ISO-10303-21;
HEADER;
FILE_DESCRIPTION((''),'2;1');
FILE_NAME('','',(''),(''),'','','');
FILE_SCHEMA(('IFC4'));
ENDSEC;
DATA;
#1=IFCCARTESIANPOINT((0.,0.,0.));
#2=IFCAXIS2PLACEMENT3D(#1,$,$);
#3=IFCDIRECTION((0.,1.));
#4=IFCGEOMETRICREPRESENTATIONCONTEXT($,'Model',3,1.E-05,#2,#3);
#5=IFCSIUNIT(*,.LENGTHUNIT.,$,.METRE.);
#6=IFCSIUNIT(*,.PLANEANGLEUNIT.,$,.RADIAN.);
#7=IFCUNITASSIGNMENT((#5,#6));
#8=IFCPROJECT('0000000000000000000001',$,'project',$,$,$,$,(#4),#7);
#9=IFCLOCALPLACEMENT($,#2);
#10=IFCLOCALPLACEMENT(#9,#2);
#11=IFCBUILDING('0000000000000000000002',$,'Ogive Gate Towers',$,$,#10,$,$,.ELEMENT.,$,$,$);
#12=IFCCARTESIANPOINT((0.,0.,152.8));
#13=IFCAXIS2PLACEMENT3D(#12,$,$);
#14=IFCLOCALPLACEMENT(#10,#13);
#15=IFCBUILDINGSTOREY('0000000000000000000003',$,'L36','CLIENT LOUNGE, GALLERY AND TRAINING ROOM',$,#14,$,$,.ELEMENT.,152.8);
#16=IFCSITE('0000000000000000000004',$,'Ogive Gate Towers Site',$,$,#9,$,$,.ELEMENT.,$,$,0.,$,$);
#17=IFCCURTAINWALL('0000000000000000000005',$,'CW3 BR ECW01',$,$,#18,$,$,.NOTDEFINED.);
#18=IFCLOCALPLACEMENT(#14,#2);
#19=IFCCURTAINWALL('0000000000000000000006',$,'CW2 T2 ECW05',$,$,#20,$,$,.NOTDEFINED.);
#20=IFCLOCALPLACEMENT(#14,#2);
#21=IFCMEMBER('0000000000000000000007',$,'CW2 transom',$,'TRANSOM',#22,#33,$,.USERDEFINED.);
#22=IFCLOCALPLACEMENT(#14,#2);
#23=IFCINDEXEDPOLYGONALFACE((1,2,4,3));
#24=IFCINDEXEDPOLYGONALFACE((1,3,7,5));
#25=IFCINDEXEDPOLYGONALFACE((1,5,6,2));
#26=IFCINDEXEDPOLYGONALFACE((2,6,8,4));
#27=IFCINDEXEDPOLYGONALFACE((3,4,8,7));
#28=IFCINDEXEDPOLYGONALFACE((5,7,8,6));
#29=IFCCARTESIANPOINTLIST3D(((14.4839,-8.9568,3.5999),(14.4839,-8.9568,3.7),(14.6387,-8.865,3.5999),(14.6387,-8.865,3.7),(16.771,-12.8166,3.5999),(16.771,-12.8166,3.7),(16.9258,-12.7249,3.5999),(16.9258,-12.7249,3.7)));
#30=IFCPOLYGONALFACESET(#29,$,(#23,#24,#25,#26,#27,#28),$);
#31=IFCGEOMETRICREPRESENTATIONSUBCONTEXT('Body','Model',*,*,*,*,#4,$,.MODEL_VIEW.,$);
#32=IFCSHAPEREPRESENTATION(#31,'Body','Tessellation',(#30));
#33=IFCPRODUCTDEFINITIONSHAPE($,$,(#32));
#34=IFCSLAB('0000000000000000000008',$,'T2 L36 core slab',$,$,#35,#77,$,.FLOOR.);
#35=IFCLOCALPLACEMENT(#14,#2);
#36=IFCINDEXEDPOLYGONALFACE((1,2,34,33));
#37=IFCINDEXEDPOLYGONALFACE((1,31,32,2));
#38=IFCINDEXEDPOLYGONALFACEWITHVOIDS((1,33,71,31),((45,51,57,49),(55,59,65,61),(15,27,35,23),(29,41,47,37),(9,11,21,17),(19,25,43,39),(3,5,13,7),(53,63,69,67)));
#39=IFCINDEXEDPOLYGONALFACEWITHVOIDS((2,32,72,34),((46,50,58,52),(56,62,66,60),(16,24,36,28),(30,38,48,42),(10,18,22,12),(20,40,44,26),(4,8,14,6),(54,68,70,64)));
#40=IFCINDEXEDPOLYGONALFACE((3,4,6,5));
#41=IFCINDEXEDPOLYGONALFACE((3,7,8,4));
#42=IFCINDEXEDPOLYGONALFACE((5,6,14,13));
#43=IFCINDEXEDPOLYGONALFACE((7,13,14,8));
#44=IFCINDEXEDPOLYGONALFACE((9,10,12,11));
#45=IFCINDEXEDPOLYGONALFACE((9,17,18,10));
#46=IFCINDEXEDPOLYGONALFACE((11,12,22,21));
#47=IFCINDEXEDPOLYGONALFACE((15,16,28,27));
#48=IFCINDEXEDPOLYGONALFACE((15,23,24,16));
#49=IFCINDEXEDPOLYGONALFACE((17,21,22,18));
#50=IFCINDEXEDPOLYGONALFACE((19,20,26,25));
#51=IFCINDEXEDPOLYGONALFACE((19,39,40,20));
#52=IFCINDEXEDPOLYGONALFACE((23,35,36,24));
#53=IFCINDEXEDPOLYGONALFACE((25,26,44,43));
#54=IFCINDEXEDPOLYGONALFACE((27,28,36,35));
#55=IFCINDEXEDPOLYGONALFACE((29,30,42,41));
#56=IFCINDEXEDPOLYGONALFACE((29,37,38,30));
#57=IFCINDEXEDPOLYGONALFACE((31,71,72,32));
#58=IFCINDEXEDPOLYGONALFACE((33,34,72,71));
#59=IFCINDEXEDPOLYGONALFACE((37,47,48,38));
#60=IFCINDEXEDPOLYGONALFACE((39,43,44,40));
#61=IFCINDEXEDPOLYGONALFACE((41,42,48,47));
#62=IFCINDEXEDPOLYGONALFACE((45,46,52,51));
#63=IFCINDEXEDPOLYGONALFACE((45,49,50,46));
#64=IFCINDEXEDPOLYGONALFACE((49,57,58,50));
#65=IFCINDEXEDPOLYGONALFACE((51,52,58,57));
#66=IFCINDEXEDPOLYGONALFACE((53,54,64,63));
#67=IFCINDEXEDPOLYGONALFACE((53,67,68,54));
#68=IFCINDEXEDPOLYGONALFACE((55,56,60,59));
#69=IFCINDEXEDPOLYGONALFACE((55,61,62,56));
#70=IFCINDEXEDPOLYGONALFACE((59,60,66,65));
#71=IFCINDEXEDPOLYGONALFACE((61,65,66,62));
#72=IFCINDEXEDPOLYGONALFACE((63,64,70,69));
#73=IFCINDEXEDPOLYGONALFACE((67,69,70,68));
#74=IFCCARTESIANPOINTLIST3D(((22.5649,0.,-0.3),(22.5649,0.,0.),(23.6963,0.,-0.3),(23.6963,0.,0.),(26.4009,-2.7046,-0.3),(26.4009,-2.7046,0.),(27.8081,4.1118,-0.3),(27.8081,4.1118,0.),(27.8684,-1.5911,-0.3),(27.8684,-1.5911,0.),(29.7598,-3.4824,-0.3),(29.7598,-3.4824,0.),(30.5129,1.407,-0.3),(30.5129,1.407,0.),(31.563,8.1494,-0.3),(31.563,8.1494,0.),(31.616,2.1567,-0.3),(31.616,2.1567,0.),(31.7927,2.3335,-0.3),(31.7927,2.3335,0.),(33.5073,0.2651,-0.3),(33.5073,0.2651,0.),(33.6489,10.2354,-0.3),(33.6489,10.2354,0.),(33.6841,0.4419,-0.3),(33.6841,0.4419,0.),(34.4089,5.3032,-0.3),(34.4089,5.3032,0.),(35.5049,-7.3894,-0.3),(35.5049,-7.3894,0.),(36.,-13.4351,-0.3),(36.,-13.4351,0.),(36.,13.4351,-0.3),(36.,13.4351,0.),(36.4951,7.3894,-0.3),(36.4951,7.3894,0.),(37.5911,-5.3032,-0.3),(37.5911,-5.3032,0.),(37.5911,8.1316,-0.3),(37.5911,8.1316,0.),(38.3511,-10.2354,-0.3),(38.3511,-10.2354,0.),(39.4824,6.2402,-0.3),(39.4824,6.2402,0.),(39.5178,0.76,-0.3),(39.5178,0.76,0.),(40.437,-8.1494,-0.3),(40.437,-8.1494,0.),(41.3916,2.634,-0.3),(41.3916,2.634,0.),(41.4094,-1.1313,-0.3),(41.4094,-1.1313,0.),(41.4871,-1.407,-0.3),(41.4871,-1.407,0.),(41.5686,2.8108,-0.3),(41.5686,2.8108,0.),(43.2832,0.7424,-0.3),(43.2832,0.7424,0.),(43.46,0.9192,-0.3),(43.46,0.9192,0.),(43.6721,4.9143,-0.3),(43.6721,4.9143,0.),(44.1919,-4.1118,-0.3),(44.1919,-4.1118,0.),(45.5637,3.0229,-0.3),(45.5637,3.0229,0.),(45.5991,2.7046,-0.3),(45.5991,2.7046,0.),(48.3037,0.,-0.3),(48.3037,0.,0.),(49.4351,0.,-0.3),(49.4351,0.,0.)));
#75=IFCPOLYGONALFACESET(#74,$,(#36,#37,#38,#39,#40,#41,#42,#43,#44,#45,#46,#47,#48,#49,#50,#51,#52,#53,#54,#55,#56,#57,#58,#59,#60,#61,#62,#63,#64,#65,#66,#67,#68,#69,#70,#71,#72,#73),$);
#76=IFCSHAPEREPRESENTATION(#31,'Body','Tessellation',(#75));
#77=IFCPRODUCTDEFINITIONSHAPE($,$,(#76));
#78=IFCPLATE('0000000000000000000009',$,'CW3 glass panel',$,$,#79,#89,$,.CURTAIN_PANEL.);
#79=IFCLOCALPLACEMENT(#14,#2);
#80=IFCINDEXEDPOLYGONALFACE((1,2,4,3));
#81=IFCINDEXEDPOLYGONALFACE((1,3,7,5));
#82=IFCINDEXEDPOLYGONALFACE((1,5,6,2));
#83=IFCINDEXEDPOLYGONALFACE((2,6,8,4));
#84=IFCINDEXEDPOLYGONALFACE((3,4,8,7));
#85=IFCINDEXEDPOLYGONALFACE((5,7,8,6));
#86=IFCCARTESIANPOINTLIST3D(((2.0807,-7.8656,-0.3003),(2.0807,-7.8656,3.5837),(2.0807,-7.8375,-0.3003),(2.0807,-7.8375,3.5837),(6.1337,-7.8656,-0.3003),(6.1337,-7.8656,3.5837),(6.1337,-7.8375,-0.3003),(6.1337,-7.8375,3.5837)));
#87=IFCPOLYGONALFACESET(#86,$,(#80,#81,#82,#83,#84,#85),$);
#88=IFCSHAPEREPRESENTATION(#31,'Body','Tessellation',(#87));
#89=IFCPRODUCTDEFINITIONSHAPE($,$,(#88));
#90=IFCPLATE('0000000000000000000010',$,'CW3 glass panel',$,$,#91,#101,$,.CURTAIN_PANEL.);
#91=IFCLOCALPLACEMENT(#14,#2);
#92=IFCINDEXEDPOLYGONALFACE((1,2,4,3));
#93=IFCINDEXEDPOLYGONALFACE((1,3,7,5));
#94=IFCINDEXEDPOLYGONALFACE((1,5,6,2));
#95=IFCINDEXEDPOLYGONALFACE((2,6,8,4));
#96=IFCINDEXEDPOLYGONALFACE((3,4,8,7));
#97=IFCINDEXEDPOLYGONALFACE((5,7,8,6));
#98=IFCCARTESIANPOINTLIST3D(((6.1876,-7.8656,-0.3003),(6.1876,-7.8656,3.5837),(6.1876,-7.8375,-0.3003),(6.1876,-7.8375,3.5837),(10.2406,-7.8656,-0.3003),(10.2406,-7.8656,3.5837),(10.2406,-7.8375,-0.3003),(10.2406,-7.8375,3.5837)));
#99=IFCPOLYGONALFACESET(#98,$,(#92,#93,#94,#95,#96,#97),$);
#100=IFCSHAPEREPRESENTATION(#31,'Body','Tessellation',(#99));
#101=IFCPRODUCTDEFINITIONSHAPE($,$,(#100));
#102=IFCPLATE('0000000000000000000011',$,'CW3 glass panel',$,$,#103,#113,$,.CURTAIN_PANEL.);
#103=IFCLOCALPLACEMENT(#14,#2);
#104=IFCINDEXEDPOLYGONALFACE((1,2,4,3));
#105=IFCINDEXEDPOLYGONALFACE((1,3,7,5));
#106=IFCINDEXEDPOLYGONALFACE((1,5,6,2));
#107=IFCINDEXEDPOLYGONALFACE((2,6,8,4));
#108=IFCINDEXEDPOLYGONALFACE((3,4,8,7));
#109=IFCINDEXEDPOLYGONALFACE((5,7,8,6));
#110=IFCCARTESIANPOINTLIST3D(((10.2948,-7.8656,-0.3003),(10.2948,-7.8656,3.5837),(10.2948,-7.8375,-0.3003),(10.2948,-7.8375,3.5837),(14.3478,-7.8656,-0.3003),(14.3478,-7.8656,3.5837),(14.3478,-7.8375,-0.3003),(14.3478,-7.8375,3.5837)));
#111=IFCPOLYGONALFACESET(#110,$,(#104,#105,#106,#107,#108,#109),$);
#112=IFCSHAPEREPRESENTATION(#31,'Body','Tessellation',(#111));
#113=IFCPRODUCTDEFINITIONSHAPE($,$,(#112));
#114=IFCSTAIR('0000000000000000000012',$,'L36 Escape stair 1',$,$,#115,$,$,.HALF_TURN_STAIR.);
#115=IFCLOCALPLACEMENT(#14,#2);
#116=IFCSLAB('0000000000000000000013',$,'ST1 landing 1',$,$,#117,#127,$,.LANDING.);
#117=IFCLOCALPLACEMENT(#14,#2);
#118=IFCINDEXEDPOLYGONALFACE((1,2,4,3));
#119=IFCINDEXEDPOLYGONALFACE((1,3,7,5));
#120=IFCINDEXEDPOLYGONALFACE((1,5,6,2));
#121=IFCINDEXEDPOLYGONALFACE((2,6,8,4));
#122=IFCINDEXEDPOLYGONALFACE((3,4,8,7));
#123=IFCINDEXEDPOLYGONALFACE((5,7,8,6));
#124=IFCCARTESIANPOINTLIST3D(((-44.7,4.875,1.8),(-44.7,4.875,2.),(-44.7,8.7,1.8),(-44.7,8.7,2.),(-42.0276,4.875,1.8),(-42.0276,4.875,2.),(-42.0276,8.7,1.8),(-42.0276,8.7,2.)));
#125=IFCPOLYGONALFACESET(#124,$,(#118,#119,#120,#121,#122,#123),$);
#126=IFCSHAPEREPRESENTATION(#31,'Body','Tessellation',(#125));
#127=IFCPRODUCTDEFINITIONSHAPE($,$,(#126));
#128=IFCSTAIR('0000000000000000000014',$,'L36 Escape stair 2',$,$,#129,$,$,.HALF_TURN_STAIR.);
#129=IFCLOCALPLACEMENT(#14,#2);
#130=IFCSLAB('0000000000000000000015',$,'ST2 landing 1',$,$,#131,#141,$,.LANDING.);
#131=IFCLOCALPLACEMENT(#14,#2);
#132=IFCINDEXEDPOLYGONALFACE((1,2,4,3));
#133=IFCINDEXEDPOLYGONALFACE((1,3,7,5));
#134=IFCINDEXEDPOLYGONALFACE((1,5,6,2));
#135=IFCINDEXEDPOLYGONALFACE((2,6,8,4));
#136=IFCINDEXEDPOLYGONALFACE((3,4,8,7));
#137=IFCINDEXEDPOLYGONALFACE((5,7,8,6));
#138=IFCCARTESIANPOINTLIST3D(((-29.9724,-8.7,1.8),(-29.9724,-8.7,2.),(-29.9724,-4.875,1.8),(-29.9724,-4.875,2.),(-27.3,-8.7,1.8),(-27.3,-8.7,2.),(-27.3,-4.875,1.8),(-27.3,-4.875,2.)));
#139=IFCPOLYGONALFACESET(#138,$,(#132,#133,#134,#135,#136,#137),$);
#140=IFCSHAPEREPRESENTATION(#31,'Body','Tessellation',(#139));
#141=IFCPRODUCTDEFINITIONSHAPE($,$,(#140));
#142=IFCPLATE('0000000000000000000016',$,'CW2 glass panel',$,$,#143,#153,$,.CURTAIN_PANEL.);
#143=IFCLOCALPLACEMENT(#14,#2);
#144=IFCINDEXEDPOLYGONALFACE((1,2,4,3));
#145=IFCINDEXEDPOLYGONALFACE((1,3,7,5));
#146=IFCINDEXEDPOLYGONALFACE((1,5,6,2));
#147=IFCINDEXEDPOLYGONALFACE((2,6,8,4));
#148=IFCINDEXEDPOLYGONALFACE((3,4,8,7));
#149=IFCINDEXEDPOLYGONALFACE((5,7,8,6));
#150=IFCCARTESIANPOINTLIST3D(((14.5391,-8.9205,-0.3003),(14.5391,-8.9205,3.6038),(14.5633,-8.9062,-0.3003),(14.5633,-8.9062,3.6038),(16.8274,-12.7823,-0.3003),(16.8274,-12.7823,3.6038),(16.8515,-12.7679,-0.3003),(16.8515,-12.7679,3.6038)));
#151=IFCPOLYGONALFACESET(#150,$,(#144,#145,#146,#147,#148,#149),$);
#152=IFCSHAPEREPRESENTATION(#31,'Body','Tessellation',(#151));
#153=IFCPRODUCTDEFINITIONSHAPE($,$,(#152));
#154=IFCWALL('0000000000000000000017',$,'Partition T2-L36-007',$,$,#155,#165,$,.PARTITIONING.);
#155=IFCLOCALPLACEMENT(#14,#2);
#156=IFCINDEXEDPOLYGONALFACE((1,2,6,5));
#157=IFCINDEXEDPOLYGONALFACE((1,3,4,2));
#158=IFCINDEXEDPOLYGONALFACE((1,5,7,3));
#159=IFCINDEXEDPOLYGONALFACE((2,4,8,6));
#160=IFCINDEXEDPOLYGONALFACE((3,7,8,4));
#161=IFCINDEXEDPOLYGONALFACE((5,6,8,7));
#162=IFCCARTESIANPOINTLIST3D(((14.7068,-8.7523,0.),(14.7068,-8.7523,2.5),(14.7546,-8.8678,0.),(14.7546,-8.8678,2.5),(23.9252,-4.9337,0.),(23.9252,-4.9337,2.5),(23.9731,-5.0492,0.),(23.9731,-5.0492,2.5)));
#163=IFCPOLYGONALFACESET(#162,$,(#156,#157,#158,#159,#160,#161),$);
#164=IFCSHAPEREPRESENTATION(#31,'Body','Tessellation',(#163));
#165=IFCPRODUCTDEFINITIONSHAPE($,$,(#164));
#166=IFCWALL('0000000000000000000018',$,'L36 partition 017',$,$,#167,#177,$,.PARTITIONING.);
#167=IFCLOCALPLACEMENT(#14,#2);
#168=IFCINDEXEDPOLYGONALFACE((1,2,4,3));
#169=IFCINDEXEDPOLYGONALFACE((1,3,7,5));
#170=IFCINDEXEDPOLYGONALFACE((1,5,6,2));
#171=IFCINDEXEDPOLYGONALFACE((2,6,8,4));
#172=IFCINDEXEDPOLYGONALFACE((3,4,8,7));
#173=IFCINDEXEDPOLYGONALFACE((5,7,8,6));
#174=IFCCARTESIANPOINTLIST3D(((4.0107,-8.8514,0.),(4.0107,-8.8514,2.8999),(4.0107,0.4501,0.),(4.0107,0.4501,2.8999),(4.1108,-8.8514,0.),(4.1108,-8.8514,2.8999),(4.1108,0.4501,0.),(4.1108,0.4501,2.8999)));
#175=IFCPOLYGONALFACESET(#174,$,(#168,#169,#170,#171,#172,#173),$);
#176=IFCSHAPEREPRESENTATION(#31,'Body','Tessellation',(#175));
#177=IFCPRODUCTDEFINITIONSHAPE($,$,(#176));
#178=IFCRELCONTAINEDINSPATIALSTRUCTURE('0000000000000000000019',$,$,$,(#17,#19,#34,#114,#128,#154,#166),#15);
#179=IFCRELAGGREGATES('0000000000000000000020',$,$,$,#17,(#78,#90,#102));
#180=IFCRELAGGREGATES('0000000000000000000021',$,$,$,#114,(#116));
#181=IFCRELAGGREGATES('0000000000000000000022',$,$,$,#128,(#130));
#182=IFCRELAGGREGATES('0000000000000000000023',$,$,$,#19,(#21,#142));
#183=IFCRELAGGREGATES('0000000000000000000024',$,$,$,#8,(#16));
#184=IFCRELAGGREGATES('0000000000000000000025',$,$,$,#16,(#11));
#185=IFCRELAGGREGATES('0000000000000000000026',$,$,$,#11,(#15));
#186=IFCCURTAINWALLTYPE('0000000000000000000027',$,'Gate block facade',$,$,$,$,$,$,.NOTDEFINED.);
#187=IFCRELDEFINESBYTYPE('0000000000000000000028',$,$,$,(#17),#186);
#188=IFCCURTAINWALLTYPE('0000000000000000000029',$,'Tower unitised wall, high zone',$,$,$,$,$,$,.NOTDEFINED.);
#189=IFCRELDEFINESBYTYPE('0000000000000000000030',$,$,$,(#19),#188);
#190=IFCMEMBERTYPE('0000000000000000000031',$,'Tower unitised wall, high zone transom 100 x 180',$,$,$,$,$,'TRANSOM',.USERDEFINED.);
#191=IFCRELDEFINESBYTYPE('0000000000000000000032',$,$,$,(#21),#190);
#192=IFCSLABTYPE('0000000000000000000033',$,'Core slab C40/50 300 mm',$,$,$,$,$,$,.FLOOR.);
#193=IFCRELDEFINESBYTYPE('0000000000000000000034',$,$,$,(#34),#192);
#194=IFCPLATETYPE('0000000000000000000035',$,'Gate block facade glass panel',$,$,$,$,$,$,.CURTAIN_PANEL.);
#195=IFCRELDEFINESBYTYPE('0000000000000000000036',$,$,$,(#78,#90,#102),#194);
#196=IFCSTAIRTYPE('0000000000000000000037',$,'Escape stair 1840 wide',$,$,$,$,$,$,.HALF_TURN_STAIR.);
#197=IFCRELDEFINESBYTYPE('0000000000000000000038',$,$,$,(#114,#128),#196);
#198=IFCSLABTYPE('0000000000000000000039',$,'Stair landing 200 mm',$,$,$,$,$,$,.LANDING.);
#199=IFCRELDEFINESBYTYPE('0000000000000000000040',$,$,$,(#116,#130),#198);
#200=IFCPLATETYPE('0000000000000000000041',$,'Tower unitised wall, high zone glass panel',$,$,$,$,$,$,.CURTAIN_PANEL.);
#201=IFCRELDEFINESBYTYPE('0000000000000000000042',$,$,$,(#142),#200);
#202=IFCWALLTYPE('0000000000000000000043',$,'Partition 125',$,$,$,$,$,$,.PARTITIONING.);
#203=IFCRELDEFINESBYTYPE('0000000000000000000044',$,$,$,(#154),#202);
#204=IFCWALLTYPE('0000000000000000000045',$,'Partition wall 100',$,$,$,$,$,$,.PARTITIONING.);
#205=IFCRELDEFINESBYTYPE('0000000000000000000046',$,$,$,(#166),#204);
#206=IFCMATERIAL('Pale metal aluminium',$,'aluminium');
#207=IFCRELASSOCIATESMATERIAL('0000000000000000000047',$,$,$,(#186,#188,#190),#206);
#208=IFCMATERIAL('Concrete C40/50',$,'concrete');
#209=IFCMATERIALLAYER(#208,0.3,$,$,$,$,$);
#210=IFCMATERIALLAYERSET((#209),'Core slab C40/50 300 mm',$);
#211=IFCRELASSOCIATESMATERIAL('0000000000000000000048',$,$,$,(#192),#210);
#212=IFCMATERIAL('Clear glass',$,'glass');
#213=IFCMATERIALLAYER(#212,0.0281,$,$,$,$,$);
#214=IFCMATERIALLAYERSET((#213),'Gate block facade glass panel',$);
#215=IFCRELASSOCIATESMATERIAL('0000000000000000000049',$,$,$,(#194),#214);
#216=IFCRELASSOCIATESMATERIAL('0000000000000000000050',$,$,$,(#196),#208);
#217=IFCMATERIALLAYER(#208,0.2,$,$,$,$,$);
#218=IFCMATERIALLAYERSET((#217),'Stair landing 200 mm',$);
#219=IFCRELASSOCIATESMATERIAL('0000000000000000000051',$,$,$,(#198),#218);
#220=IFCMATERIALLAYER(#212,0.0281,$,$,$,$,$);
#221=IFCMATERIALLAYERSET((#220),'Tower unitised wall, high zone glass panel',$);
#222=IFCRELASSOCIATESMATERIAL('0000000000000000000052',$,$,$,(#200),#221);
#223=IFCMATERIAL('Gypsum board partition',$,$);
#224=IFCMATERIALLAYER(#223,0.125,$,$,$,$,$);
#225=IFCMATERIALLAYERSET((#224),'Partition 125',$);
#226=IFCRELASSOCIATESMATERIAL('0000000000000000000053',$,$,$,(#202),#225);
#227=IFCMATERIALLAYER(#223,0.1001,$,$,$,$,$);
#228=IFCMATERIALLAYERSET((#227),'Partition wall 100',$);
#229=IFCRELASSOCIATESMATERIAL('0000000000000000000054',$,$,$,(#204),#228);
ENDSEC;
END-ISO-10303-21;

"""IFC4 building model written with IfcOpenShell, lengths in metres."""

from ifc_helpers import new_model, si_unit, direction, frame, frame_2d, origin, origin_2d, place, context, subcontext, project, spatial, polyline, rectangle, outline, extrude, material, layer, layer_set, material_profile, profile_set, type_object, element, aggregate, save


model = new_model("IFC4")

# Units and contexts
model_context = context("Model", 3, precision=1e-05, world=origin(), true_north=direction((0.0, 1.0)))
body_context = subcontext(model_context, "Body", "Model", "MODEL_VIEW")
ifc_project = project(units=[si_unit("LENGTHUNIT", "METRE"), si_unit("PLANEANGLEUNIT", "RADIAN")], contexts=[model_context])

# Site, building, storey
site_placement = place(None, origin())
site = spatial("IfcSite", under=ifc_project, at=site_placement, Name="Ogive Gate Towers Site", CompositionType="ELEMENT", RefElevation=0.0)
building_placement = place(site_placement, origin())
building = spatial("IfcBuilding", under=site, at=building_placement, Name="Ogive Gate Towers", CompositionType="ELEMENT")
storey_placement = place(building_placement, frame((0.0, 0.0, 152.8)))
storey = spatial("IfcBuildingStorey", under=building, at=storey_placement, Name="L36", Description="CLIENT LOUNGE, GALLERY AND TRAINING ROOM", CompositionType="ELEMENT", Elevation=152.8)

# Curtain walls, member
ifc_material_1 = material(Name="Pale metal aluminium", Category="aluminium")
curtain_wall_type_1 = type_object("IfcCurtainWallType", Name="Gate block facade", PredefinedType="NOTDEFINED", material=ifc_material_1)
curtain_wall_1_placement = place(storey_placement, origin())
curtain_wall_1 = element("IfcCurtainWall", 1, at=curtain_wall_1_placement, inside=storey, type_object=curtain_wall_type_1, Name="CW3 BR ECW01", PredefinedType="NOTDEFINED")
curtain_wall_type_2 = type_object("IfcCurtainWallType", Name="Tower unitised wall, high zone", PredefinedType="NOTDEFINED", material=ifc_material_1)
curtain_wall_2_placement = place(storey_placement, origin())
curtain_wall_2 = element("IfcCurtainWall", 2, at=curtain_wall_2_placement, inside=storey, type_object=curtain_wall_type_2, Name="CW2 T2 ECW05", PredefinedType="NOTDEFINED")
ifc_material_profile_1 = material_profile(ifc_material_1, rectangle(XDim=0.1799, YDim=0.1001, at=origin_2d()), Name="100 x 180 aluminium box")
ifc_profile_set_1 = profile_set([ifc_material_profile_1], Name="Pale metal aluminium")
member_type_1 = type_object("IfcMemberType", Name="Tower unitised wall, high zone transom 100 x 180", ElementType="TRANSOM", PredefinedType="USERDEFINED", material=ifc_profile_set_1)
member_1_placement = place(storey_placement, frame((14.5613, -8.9109, 3.6499), z_axis=(0.509767, -0.860313, 0.0), x_axis=(0.860313, 0.509767, 0.0)))
member_1 = element("IfcMember", 3, at=member_1_placement, type_object=member_type_1, Name="CW2 transom", ObjectType="TRANSOM", PredefinedType="USERDEFINED", context=body_context, shape_type="SweptSolid", body=[
    extrude(rectangle(XDim=0.1799, YDim=0.1001, at=origin_2d()), origin(), (0.0, 0.0, 1.0), 4.4866),
])

# Slab
ifc_material_2 = material(Name="Concrete C40/50", Category="concrete")
ifc_layer_1 = layer(ifc_material_2, 0.3)
ifc_layer_set_1 = layer_set([ifc_layer_1], Name="Core slab C40/50 300 mm")
slab_type_1 = type_object("IfcSlabType", Name="Core slab C40/50 300 mm", PredefinedType="FLOOR", material=ifc_layer_set_1)
slab_1_placement = place(storey_placement, frame((0.0, 0.0, -0.3)))
element("IfcSlab", 4, at=slab_1_placement, inside=storey, type_object=slab_type_1, Name="T2 L36 core slab", PredefinedType="FLOOR", context=body_context, shape_type="SweptSolid", body=[
    extrude(outline(polyline([(36.0, -13.4351), (22.5649, 0.0), (36.0, 13.4351), (49.4351, 0.0), (36.0, -13.4351)]), holes=[polyline([(29.7598, -3.4824), (33.5073, 0.2651), (31.616, 2.1567), (27.8684, -1.5911), (29.7598, -3.4824)]), polyline([(31.7927, 2.3335), (33.6841, 0.4419), (39.4824, 6.2402), (37.5911, 8.1316), (31.7927, 2.3335)]), polyline([(41.3916, 2.634), (39.5178, 0.76), (41.4094, -1.1313), (43.2832, 0.7424), (41.3916, 2.634)]), polyline([(45.5637, 3.0229), (43.6721, 4.9143), (41.5686, 2.8108), (43.46, 0.9192), (45.5637, 3.0229)]), polyline([(34.4089, 5.3032), (36.4951, 7.3894), (33.6489, 10.2354), (31.563, 8.1494), (34.4089, 5.3032)]), polyline([(35.5049, -7.3894), (38.3511, -10.2354), (40.437, -8.1494), (37.5911, -5.3032), (35.5049, -7.3894)]), polyline([(26.4009, -2.7046), (30.5129, 1.407), (27.8081, 4.1118), (23.6963, 0.0), (26.4009, -2.7046)]), polyline([(48.3037, 0.0), (45.5991, 2.7046), (41.4871, -1.407), (44.1919, -4.1118), (48.3037, 0.0)])]), origin(), (0.0, 0.0, 1.0), 0.3),
])

# Plates
ifc_material_3 = material(Name="Clear glass", Category="glass")
ifc_layer_2 = layer(ifc_material_3, 0.0281)
ifc_layer_set_2 = layer_set([ifc_layer_2], Name="Gate block facade glass panel")
plate_type_1 = type_object("IfcPlateType", Name="Gate block facade glass panel", PredefinedType="CURTAIN_PANEL", material=ifc_layer_set_2)
plate_1_placement = place(storey_placement, frame((4.1072, -7.8516, -0.3003), z_axis=(0.0, 0.0, 1.0), x_axis=(1.0, 0.0, 0.0)))
plate_1 = element("IfcPlate", 5, at=plate_1_placement, type_object=plate_type_1, Name="CW3 glass panel", PredefinedType="CURTAIN_PANEL", context=body_context, shape_type="SweptSolid", body=[
    extrude(rectangle(XDim=4.053, YDim=0.0281, at=origin_2d()), origin(), (0.0, 0.0, 1.0), 3.884),
])
plate_2_placement = place(storey_placement, frame((8.2141, -7.8516, -0.3003), z_axis=(0.0, 0.0, 1.0), x_axis=(1.0, 0.0, 0.0)))
plate_2 = element("IfcPlate", 6, at=plate_2_placement, type_object=plate_type_1, Name="CW3 glass panel", PredefinedType="CURTAIN_PANEL", context=body_context, shape_type="SweptSolid", body=[
    extrude(rectangle(XDim=4.053, YDim=0.0281, at=origin_2d()), origin(), (0.0, 0.0, 1.0), 3.884),
])
plate_3_placement = place(storey_placement, frame((12.3213, -7.8516, -0.3003), z_axis=(0.0, 0.0, 1.0), x_axis=(1.0, 0.0, 0.0)))
plate_3 = element("IfcPlate", 7, at=plate_3_placement, type_object=plate_type_1, Name="CW3 glass panel", PredefinedType="CURTAIN_PANEL", context=body_context, shape_type="SweptSolid", body=[
    extrude(rectangle(XDim=4.053, YDim=0.0281, at=origin_2d()), origin(), (0.0, 0.0, 1.0), 3.884),
])
aggregate(curtain_wall_1, [plate_1, plate_2, plate_3])

# Stairs, slabs
stair_type = type_object("IfcStairType", Name="Escape stair 1840 wide", PredefinedType="HALF_TURN_STAIR", material=ifc_material_2)
stair_1_placement = place(storey_placement, origin())
stair_1 = element("IfcStair", 8, at=stair_1_placement, inside=storey, type_object=stair_type, Name="L36 Escape stair 1", PredefinedType="HALF_TURN_STAIR")
ifc_layer_3 = layer(ifc_material_2, 0.2)
ifc_layer_set_3 = layer_set([ifc_layer_3], Name="Stair landing 200 mm")
slab_type_2 = type_object("IfcSlabType", Name="Stair landing 200 mm", PredefinedType="LANDING", material=ifc_layer_set_3)
slab_2_placement = place(storey_placement, frame((0.0, 0.0, 1.8)))
slab_2 = element("IfcSlab", 9, at=slab_2_placement, type_object=slab_type_2, Name="ST1 landing 1", PredefinedType="LANDING", context=body_context, shape_type="SweptSolid", body=[
    extrude(outline(polyline([(-42.0276, 8.7), (-44.7, 8.7), (-44.7, 4.875), (-42.0276, 4.875), (-42.0276, 8.7)])), origin(), (0.0, 0.0, 1.0), 0.2),
])
aggregate(stair_1, [slab_2])
stair_2_placement = place(storey_placement, origin())
stair_2 = element("IfcStair", 10, at=stair_2_placement, inside=storey, type_object=stair_type, Name="L36 Escape stair 2", PredefinedType="HALF_TURN_STAIR")
slab_3_placement = place(storey_placement, frame((0.0, 0.0, 1.8)))
slab_3 = element("IfcSlab", 11, at=slab_3_placement, type_object=slab_type_2, Name="ST2 landing 1", PredefinedType="LANDING", context=body_context, shape_type="SweptSolid", body=[
    extrude(outline(polyline([(-29.9724, -8.7), (-27.3, -8.7), (-27.3, -4.875), (-29.9724, -4.875), (-29.9724, -8.7)])), origin(), (0.0, 0.0, 1.0), 0.2),
])
aggregate(stair_2, [slab_3])

# Plate
ifc_layer_4 = layer(ifc_material_3, 0.0281)
ifc_layer_set_4 = layer_set([ifc_layer_4], Name="Tower unitised wall, high zone glass panel")
plate_type_2 = type_object("IfcPlateType", Name="Tower unitised wall, high zone glass panel", PredefinedType="CURTAIN_PANEL", material=ifc_layer_set_4)
plate_4_placement = place(storey_placement, frame((15.6953, -10.8442, -0.3003), z_axis=(0.0, 0.0, 1.0), x_axis=(0.509777, -0.860306, 0.0)))
plate_4 = element("IfcPlate", 12, at=plate_4_placement, type_object=plate_type_2, Name="CW2 glass panel", PredefinedType="CURTAIN_PANEL", context=body_context, shape_type="SweptSolid", body=[
    extrude(rectangle(XDim=4.4888, YDim=0.0281, at=origin_2d()), origin(), (0.0, 0.0, 1.0), 3.9041),
])
aggregate(curtain_wall_2, [member_1, plate_4])

# Walls
ifc_material_4 = material(Name="Gypsum board partition")
ifc_layer_5 = layer(ifc_material_4, 0.125)
ifc_layer_set_5 = layer_set([ifc_layer_5], Name="Partition 125")
wall_type_1 = type_object("IfcWallType", Name="Partition 125", PredefinedType="PARTITIONING", material=ifc_layer_set_5)
wall_1_placement = place(storey_placement, frame((14.7307, -8.8101, 0.0), z_axis=(0.0, 0.0, 1.0), x_axis=(0.923873, 0.382698, 0.0)))
element("IfcWall", 13, at=wall_1_placement, inside=storey, type_object=wall_type_1, Name="Partition T2-L36-007", PredefinedType="PARTITIONING", context=body_context, shape_type="SweptSolid", body=[
    extrude(rectangle(XDim=9.978, YDim=0.125, at=frame_2d((4.989, 0.0))), origin(), (0.0, 0.0, 1.0), 2.5),
])
ifc_layer_6 = layer(ifc_material_4, 0.1001)
ifc_layer_set_6 = layer_set([ifc_layer_6], Name="Partition wall 100")
wall_type_2 = type_object("IfcWallType", Name="Partition wall 100", PredefinedType="PARTITIONING", material=ifc_layer_set_6)
wall_2_placement = place(storey_placement, frame((4.0608, -8.8516, 0.0), z_axis=(0.0, 0.0, 1.0), x_axis=(0.0, 1.0, 0.0)))
element("IfcWall", 14, at=wall_2_placement, inside=storey, type_object=wall_type_2, Name="L36 partition 017", PredefinedType="PARTITIONING", context=body_context, shape_type="SweptSolid", body=[
    extrude(rectangle(XDim=9.3015, YDim=0.1001, at=frame_2d((4.6509, 0.0))), origin(), (0.0, 0.0, 1.0), 2.8999),
])

save(model, "model.ifc")
